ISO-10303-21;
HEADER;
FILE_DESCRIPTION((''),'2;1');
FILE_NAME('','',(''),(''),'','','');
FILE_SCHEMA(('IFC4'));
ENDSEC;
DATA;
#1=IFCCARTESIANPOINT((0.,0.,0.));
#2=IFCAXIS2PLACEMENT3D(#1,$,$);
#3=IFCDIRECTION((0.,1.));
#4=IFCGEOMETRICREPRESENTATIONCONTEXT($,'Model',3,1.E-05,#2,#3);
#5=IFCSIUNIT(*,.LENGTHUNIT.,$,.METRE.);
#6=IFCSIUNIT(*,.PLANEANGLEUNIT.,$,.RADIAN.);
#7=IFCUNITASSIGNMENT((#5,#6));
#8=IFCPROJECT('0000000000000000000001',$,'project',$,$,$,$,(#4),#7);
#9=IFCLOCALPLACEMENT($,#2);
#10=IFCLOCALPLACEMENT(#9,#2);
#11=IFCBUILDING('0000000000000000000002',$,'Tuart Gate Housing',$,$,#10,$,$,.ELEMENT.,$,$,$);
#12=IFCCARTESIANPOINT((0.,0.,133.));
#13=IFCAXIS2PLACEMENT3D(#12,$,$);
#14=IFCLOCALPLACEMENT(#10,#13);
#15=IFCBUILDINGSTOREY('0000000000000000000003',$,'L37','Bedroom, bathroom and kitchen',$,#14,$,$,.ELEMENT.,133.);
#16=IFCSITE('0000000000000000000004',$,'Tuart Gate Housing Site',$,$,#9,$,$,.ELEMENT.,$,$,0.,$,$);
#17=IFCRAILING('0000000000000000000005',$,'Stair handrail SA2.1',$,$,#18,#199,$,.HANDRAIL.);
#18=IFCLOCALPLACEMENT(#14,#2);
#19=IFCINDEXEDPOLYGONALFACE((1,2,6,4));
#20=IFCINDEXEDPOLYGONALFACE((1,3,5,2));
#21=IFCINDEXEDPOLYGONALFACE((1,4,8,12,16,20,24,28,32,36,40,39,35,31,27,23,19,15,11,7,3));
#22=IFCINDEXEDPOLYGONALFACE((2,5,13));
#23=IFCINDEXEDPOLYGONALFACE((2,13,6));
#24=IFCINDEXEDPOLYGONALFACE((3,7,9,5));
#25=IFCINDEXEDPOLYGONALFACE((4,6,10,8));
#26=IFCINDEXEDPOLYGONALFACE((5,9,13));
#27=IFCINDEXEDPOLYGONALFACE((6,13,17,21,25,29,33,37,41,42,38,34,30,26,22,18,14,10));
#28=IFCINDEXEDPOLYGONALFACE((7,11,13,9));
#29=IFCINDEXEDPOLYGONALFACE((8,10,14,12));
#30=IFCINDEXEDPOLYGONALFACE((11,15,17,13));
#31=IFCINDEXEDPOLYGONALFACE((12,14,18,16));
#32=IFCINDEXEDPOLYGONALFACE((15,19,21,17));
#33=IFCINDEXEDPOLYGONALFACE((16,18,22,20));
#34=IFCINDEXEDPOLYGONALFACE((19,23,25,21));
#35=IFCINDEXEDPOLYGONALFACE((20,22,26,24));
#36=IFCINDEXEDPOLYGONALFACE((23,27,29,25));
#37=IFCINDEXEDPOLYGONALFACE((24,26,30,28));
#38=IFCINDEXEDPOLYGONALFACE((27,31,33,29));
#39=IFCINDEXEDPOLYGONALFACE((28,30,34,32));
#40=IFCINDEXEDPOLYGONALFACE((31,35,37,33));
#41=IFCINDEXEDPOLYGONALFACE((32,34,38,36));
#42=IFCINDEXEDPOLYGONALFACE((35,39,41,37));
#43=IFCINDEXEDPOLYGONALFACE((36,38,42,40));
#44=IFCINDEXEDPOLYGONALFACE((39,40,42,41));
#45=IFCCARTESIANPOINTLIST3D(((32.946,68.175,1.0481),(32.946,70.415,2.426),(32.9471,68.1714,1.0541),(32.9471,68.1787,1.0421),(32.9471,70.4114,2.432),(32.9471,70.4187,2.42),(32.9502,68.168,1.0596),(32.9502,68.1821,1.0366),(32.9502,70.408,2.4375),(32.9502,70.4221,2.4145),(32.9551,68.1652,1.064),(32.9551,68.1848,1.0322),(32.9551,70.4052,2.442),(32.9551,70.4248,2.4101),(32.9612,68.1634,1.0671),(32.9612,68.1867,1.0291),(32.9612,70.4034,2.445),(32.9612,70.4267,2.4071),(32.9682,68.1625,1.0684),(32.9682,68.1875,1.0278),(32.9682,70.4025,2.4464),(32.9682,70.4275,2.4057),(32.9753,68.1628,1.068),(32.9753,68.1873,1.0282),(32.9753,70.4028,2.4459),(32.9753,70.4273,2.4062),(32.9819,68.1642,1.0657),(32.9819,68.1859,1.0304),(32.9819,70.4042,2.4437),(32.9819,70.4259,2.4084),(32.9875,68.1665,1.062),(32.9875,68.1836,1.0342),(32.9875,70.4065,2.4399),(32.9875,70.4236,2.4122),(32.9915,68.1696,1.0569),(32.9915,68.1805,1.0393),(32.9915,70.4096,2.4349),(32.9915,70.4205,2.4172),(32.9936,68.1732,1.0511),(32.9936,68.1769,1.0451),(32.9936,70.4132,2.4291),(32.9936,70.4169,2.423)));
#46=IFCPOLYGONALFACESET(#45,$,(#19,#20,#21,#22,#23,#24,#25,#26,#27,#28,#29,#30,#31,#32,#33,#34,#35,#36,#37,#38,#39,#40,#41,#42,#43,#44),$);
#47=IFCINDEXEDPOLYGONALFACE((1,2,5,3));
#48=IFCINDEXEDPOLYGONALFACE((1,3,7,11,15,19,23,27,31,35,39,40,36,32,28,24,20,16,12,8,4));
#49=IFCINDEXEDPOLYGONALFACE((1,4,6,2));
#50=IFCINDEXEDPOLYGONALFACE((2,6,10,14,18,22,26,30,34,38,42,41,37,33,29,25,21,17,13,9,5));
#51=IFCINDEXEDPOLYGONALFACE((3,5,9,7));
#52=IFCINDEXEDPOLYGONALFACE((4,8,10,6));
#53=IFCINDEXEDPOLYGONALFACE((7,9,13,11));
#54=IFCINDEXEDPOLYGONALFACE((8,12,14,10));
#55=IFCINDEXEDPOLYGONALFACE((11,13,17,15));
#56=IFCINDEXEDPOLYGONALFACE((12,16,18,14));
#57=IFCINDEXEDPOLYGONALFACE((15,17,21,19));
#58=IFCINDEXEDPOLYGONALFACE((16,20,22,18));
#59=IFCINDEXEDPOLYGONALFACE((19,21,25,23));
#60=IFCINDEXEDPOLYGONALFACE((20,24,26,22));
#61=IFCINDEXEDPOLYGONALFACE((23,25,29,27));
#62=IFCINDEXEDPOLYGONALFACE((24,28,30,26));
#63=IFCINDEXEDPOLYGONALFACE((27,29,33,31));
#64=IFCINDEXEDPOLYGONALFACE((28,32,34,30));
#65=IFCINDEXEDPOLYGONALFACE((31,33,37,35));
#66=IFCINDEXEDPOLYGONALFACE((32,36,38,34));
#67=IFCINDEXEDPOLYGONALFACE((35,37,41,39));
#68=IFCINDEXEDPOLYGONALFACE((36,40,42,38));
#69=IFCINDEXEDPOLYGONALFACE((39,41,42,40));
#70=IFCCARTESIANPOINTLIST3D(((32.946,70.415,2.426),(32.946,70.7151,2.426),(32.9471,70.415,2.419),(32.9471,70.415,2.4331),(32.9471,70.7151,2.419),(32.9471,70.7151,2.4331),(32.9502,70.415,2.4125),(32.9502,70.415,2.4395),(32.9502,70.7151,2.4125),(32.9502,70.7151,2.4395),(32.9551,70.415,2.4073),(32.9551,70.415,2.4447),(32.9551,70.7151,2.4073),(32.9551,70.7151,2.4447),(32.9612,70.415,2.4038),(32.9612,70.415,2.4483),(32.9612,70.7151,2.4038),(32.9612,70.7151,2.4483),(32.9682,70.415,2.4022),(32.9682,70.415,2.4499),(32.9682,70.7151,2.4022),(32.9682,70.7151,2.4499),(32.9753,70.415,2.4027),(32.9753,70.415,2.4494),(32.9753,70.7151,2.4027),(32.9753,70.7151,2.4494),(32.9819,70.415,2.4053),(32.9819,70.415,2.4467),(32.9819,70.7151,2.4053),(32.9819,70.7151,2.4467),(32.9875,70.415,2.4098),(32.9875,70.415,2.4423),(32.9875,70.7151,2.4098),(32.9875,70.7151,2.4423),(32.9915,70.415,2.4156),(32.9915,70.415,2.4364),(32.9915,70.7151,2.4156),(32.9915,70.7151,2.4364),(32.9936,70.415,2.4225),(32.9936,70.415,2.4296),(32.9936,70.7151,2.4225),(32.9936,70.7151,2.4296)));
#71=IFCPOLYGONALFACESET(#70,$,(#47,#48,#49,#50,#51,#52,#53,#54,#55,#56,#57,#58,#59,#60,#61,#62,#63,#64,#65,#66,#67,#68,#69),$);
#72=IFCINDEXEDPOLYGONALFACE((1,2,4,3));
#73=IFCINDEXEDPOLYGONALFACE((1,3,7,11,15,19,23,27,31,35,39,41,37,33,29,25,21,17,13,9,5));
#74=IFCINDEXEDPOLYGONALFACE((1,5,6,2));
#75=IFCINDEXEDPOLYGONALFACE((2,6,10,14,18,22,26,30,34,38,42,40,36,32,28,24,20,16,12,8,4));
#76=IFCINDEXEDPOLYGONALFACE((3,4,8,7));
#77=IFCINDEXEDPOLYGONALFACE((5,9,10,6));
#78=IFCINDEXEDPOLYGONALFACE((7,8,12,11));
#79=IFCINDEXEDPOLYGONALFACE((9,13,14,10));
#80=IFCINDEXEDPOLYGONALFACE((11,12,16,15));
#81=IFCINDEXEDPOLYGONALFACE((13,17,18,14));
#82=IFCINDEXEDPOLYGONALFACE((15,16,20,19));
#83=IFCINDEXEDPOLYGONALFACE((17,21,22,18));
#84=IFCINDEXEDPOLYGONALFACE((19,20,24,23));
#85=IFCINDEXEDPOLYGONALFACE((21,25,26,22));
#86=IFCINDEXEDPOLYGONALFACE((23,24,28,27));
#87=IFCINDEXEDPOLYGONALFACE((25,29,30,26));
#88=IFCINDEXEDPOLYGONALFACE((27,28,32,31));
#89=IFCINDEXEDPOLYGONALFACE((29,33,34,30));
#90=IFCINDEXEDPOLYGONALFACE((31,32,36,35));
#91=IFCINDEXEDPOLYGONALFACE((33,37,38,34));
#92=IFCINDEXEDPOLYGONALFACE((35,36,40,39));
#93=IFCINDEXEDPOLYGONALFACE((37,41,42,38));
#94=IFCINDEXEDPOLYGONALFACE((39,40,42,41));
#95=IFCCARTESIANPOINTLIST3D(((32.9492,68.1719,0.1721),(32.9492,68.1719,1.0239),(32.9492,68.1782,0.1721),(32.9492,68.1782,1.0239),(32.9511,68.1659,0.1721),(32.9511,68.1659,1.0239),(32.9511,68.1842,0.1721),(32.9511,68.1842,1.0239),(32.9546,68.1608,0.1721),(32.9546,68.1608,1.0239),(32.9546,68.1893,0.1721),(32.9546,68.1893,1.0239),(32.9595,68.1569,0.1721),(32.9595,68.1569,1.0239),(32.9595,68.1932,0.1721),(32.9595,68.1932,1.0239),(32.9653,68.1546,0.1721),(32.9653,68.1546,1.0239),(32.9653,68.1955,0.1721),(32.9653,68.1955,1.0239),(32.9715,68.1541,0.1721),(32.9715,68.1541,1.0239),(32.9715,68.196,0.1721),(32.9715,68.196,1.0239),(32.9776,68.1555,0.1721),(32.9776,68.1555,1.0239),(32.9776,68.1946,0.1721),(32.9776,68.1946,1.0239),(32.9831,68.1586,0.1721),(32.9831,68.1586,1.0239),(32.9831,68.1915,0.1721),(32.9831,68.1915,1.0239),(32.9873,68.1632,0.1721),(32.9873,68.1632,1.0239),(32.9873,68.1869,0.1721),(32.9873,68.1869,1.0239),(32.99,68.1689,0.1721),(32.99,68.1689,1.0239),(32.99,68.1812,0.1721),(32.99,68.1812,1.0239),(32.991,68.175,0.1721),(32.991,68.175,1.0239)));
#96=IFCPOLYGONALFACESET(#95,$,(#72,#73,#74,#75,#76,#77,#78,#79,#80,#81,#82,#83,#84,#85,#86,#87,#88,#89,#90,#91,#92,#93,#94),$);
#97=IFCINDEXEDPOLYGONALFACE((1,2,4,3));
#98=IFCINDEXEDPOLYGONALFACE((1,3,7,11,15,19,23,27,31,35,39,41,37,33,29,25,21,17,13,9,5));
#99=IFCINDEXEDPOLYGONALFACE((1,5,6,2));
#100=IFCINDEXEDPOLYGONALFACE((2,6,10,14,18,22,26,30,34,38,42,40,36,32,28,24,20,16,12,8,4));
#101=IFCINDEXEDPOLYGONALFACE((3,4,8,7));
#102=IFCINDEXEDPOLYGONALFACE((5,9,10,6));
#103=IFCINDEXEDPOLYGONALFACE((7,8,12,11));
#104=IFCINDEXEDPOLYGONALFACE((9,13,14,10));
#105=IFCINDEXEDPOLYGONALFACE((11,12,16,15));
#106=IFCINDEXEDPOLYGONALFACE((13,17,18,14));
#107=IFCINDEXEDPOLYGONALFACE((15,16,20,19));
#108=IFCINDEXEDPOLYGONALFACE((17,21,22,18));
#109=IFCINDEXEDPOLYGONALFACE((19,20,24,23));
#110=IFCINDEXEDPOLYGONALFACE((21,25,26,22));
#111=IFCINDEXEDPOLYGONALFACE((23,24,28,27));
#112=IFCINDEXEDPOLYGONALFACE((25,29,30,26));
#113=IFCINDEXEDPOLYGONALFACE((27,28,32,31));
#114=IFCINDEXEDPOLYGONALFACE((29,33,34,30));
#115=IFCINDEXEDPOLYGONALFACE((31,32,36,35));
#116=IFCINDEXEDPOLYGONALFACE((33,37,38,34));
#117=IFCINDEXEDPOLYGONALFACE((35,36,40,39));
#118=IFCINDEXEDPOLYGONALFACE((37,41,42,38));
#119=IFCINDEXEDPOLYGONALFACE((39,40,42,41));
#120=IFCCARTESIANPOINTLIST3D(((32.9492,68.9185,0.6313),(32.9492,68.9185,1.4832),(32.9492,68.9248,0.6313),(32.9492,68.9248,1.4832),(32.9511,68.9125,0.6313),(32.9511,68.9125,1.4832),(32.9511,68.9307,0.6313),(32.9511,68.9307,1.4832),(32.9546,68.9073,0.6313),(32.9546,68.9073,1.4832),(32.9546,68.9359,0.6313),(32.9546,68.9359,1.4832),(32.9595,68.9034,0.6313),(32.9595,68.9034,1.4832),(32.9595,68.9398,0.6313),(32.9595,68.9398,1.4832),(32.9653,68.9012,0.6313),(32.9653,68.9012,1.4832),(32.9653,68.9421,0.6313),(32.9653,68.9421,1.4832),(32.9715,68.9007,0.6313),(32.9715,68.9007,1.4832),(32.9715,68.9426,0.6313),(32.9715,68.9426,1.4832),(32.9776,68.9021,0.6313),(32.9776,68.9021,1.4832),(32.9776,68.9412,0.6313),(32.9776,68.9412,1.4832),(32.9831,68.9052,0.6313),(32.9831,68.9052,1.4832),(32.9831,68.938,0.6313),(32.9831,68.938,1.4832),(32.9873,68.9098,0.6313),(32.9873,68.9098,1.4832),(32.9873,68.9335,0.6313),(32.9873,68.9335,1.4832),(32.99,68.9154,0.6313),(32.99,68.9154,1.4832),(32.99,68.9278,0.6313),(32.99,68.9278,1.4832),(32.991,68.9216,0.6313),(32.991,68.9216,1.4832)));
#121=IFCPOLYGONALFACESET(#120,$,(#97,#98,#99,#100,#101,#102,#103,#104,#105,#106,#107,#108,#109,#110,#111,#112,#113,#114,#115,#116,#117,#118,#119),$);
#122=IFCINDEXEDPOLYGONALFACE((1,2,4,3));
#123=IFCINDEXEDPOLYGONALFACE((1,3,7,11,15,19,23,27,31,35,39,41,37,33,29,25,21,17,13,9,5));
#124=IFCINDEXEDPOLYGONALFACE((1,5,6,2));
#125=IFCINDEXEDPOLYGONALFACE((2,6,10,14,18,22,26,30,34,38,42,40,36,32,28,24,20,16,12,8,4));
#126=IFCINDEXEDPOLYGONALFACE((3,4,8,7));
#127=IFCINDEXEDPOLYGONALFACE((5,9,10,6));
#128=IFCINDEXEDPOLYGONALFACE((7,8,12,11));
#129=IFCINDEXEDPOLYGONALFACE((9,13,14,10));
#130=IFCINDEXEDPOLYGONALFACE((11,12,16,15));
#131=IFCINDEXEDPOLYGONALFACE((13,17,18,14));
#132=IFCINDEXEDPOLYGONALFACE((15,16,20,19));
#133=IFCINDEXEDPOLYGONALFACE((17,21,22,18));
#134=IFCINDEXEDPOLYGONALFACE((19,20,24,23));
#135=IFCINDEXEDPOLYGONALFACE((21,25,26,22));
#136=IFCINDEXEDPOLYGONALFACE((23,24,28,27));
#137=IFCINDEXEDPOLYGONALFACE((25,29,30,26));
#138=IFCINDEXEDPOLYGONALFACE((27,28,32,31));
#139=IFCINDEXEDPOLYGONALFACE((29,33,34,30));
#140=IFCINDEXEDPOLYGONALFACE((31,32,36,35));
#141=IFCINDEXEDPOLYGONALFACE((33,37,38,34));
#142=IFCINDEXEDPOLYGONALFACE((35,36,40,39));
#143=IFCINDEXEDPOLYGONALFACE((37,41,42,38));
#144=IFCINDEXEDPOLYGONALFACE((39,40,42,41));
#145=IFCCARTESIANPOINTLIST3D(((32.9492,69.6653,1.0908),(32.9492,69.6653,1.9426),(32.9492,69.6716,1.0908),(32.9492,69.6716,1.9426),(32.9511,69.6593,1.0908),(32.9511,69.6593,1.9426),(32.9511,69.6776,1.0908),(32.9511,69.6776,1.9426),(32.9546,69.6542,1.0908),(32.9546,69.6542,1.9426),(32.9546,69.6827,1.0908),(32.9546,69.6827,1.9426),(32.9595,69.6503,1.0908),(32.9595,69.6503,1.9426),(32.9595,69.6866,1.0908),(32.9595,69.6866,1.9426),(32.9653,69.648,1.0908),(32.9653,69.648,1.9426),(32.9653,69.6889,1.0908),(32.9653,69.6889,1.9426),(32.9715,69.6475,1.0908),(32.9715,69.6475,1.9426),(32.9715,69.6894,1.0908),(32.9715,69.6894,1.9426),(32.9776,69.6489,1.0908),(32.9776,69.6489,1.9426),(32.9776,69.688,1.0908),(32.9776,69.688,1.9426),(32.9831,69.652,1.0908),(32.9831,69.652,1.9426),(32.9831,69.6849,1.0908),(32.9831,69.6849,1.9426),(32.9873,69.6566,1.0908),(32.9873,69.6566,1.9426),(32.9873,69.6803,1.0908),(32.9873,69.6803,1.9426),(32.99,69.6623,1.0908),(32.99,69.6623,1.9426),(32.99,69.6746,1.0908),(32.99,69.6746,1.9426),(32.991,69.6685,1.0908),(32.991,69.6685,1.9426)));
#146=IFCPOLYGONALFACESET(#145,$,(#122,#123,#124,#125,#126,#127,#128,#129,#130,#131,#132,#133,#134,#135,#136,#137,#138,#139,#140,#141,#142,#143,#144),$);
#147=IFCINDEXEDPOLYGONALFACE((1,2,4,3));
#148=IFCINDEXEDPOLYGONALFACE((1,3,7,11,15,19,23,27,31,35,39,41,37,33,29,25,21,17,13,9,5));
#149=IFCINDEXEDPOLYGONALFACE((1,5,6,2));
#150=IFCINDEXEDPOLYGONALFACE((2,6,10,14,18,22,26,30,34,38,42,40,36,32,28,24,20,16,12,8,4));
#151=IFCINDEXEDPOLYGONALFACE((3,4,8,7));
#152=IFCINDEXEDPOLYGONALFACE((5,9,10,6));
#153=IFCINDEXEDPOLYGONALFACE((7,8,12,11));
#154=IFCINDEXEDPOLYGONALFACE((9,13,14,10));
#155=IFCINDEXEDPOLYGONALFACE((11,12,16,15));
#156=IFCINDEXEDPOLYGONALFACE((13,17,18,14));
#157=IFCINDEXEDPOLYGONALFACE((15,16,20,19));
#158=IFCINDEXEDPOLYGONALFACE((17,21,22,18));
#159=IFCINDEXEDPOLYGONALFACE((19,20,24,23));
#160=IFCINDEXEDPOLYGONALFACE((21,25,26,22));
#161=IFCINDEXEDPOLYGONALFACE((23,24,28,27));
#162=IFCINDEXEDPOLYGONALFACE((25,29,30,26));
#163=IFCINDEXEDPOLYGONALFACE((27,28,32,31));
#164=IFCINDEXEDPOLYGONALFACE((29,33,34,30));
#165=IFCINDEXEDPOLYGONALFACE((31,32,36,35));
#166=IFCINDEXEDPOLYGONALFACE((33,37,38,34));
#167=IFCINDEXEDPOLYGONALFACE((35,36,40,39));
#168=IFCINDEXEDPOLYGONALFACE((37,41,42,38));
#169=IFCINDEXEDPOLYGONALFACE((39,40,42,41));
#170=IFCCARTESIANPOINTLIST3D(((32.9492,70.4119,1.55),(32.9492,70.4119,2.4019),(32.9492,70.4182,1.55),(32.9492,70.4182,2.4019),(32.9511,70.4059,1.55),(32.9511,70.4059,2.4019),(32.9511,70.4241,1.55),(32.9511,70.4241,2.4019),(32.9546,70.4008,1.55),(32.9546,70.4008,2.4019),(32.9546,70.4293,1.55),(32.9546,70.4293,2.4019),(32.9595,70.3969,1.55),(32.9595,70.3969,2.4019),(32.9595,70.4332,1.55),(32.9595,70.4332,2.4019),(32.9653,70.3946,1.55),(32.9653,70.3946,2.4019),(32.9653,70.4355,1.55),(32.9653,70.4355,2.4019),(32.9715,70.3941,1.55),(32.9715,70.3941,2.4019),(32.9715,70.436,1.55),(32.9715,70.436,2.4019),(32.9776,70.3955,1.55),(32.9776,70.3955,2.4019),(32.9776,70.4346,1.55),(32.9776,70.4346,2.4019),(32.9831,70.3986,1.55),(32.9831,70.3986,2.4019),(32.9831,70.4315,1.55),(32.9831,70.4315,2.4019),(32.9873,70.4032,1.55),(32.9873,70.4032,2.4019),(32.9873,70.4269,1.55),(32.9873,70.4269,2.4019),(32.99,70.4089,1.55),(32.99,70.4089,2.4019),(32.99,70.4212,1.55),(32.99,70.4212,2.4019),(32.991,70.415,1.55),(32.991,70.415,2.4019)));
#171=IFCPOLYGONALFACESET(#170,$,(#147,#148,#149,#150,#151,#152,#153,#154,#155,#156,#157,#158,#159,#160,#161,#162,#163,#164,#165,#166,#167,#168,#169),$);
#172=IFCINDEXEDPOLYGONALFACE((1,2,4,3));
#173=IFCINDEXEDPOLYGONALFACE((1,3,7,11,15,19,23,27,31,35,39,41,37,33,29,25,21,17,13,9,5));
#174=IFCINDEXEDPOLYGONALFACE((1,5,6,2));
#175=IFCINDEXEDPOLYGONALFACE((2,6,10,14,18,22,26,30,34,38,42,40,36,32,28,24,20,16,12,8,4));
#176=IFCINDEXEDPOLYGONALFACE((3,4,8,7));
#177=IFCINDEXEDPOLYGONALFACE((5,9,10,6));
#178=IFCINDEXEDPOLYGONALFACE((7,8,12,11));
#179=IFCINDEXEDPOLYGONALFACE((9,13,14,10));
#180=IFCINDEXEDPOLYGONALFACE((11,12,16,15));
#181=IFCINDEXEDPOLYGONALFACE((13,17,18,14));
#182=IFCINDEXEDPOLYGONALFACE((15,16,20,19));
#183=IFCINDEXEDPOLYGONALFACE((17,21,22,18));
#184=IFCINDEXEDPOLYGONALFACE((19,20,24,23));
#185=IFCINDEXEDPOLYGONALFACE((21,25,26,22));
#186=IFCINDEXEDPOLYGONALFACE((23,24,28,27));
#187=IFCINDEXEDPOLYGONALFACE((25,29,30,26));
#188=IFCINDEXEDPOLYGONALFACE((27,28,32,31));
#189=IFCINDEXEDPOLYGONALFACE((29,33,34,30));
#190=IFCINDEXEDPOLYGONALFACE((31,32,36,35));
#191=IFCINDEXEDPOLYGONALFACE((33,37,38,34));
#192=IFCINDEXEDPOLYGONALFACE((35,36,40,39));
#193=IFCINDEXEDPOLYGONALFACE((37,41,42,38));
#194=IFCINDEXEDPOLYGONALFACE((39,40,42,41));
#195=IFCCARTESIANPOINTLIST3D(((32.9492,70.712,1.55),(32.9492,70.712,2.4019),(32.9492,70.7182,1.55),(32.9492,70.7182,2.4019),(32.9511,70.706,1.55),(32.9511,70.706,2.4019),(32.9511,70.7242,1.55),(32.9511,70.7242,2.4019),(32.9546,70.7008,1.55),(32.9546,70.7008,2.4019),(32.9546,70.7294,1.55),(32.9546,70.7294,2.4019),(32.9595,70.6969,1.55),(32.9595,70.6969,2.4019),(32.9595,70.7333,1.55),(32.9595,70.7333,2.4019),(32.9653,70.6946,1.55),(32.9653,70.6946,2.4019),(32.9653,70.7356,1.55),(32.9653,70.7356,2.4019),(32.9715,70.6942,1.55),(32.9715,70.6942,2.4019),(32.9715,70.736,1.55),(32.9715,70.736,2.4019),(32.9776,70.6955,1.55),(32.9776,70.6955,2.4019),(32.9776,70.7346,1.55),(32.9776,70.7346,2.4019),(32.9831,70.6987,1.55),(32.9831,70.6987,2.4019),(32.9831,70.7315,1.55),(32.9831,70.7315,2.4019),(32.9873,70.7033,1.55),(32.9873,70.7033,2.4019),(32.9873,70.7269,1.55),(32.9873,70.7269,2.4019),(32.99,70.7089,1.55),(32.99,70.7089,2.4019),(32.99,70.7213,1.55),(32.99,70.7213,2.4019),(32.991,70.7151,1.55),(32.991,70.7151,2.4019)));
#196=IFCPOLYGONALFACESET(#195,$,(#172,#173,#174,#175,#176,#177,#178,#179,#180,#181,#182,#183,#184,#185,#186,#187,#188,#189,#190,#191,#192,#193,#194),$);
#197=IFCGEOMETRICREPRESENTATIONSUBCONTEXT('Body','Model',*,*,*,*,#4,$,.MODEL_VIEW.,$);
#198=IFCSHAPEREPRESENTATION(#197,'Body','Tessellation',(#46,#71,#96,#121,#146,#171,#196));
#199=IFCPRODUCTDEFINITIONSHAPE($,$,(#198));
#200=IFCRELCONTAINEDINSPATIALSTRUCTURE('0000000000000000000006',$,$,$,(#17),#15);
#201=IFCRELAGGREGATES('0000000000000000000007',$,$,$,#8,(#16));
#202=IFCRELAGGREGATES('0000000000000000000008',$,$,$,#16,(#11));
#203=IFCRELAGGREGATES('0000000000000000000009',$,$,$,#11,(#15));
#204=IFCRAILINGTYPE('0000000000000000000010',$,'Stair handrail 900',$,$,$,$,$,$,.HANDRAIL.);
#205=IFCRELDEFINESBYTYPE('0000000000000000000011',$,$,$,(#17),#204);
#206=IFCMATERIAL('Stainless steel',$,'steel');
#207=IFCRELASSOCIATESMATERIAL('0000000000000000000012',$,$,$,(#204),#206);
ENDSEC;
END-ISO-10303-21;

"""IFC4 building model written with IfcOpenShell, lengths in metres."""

from ifc_helpers import new_model, si_unit, direction, frame, origin, origin_2d, place, context, subcontext, project, spatial, circle, extrude, material, type_object, element, save


model = new_model("IFC4")

# Units and contexts
model_context = context("Model", 3, precision=1e-05, world=origin(), true_north=direction((0.0, 1.0)))
body_context = subcontext(model_context, "Body", "Model", "MODEL_VIEW")
ifc_project = project(units=[si_unit("LENGTHUNIT", "METRE"), si_unit("PLANEANGLEUNIT", "RADIAN")], contexts=[model_context])

# Site, building, storey
site_placement = place(None, origin())
site = spatial("IfcSite", under=ifc_project, at=site_placement, Name="Tuart Gate Housing Site", CompositionType="ELEMENT", RefElevation=0.0)
building_placement = place(site_placement, origin())
building = spatial("IfcBuilding", under=site, at=building_placement, Name="Tuart Gate Housing", CompositionType="ELEMENT")
storey_placement = place(building_placement, frame((0.0, 0.0, 133.0)))
storey = spatial("IfcBuildingStorey", under=building, at=storey_placement, Name="L37", Description="Bedroom, bathroom and kitchen", CompositionType="ELEMENT", Elevation=133.0)

# Railing
ifc_material_1 = material(Name="Stainless steel", Category="steel")
railing_type = type_object("IfcRailingType", Name="Stair handrail 900", PredefinedType="HANDRAIL", material=ifc_material_1)
railing_placement = place(storey_placement, frame((32.97, 68.175, 0.1721)))
element("IfcRailing", 1, at=railing_placement, inside=storey, type_object=railing_type, Name="Stair handrail SA2.1", PredefinedType="HANDRAIL", context=body_context, shape_type="SweptSolid", body=[
    extrude(circle(Radius=0.0239, at=origin_2d()), frame((0.0, 0.0, 0.876), z_axis=(0.0, 0.851748, 0.523952), x_axis=(-1.0, 0.0, 0.0)), (0.0, 0.0, 1.0), 2.6299),
    extrude(circle(Radius=0.0239, at=origin_2d()), frame((0.0, 2.24, 2.2539), z_axis=(0.0, 1.0, 0.0), x_axis=(-1.0, 0.0, 0.0)), (0.0, 0.0, 1.0), 0.3),
    extrude(circle(Radius=0.021, at=origin_2d()), origin(), (0.0, 0.0, 1.0), 0.8518),
    extrude(circle(Radius=0.021, at=origin_2d()), frame((0.0, 0.7466, 0.4592)), (0.0, 0.0, 1.0), 0.8518),
    extrude(circle(Radius=0.021, at=origin_2d()), frame((0.0, 1.4934, 0.9187)), (0.0, 0.0, 1.0), 0.8518),
    extrude(circle(Radius=0.021, at=origin_2d()), frame((0.0, 2.24, 1.3779)), (0.0, 0.0, 1.0), 0.8518),
    extrude(circle(Radius=0.021, at=origin_2d()), frame((0.0, 2.54, 1.3779)), (0.0, 0.0, 1.0), 0.8518),
])

save(model, "model.ifc")
